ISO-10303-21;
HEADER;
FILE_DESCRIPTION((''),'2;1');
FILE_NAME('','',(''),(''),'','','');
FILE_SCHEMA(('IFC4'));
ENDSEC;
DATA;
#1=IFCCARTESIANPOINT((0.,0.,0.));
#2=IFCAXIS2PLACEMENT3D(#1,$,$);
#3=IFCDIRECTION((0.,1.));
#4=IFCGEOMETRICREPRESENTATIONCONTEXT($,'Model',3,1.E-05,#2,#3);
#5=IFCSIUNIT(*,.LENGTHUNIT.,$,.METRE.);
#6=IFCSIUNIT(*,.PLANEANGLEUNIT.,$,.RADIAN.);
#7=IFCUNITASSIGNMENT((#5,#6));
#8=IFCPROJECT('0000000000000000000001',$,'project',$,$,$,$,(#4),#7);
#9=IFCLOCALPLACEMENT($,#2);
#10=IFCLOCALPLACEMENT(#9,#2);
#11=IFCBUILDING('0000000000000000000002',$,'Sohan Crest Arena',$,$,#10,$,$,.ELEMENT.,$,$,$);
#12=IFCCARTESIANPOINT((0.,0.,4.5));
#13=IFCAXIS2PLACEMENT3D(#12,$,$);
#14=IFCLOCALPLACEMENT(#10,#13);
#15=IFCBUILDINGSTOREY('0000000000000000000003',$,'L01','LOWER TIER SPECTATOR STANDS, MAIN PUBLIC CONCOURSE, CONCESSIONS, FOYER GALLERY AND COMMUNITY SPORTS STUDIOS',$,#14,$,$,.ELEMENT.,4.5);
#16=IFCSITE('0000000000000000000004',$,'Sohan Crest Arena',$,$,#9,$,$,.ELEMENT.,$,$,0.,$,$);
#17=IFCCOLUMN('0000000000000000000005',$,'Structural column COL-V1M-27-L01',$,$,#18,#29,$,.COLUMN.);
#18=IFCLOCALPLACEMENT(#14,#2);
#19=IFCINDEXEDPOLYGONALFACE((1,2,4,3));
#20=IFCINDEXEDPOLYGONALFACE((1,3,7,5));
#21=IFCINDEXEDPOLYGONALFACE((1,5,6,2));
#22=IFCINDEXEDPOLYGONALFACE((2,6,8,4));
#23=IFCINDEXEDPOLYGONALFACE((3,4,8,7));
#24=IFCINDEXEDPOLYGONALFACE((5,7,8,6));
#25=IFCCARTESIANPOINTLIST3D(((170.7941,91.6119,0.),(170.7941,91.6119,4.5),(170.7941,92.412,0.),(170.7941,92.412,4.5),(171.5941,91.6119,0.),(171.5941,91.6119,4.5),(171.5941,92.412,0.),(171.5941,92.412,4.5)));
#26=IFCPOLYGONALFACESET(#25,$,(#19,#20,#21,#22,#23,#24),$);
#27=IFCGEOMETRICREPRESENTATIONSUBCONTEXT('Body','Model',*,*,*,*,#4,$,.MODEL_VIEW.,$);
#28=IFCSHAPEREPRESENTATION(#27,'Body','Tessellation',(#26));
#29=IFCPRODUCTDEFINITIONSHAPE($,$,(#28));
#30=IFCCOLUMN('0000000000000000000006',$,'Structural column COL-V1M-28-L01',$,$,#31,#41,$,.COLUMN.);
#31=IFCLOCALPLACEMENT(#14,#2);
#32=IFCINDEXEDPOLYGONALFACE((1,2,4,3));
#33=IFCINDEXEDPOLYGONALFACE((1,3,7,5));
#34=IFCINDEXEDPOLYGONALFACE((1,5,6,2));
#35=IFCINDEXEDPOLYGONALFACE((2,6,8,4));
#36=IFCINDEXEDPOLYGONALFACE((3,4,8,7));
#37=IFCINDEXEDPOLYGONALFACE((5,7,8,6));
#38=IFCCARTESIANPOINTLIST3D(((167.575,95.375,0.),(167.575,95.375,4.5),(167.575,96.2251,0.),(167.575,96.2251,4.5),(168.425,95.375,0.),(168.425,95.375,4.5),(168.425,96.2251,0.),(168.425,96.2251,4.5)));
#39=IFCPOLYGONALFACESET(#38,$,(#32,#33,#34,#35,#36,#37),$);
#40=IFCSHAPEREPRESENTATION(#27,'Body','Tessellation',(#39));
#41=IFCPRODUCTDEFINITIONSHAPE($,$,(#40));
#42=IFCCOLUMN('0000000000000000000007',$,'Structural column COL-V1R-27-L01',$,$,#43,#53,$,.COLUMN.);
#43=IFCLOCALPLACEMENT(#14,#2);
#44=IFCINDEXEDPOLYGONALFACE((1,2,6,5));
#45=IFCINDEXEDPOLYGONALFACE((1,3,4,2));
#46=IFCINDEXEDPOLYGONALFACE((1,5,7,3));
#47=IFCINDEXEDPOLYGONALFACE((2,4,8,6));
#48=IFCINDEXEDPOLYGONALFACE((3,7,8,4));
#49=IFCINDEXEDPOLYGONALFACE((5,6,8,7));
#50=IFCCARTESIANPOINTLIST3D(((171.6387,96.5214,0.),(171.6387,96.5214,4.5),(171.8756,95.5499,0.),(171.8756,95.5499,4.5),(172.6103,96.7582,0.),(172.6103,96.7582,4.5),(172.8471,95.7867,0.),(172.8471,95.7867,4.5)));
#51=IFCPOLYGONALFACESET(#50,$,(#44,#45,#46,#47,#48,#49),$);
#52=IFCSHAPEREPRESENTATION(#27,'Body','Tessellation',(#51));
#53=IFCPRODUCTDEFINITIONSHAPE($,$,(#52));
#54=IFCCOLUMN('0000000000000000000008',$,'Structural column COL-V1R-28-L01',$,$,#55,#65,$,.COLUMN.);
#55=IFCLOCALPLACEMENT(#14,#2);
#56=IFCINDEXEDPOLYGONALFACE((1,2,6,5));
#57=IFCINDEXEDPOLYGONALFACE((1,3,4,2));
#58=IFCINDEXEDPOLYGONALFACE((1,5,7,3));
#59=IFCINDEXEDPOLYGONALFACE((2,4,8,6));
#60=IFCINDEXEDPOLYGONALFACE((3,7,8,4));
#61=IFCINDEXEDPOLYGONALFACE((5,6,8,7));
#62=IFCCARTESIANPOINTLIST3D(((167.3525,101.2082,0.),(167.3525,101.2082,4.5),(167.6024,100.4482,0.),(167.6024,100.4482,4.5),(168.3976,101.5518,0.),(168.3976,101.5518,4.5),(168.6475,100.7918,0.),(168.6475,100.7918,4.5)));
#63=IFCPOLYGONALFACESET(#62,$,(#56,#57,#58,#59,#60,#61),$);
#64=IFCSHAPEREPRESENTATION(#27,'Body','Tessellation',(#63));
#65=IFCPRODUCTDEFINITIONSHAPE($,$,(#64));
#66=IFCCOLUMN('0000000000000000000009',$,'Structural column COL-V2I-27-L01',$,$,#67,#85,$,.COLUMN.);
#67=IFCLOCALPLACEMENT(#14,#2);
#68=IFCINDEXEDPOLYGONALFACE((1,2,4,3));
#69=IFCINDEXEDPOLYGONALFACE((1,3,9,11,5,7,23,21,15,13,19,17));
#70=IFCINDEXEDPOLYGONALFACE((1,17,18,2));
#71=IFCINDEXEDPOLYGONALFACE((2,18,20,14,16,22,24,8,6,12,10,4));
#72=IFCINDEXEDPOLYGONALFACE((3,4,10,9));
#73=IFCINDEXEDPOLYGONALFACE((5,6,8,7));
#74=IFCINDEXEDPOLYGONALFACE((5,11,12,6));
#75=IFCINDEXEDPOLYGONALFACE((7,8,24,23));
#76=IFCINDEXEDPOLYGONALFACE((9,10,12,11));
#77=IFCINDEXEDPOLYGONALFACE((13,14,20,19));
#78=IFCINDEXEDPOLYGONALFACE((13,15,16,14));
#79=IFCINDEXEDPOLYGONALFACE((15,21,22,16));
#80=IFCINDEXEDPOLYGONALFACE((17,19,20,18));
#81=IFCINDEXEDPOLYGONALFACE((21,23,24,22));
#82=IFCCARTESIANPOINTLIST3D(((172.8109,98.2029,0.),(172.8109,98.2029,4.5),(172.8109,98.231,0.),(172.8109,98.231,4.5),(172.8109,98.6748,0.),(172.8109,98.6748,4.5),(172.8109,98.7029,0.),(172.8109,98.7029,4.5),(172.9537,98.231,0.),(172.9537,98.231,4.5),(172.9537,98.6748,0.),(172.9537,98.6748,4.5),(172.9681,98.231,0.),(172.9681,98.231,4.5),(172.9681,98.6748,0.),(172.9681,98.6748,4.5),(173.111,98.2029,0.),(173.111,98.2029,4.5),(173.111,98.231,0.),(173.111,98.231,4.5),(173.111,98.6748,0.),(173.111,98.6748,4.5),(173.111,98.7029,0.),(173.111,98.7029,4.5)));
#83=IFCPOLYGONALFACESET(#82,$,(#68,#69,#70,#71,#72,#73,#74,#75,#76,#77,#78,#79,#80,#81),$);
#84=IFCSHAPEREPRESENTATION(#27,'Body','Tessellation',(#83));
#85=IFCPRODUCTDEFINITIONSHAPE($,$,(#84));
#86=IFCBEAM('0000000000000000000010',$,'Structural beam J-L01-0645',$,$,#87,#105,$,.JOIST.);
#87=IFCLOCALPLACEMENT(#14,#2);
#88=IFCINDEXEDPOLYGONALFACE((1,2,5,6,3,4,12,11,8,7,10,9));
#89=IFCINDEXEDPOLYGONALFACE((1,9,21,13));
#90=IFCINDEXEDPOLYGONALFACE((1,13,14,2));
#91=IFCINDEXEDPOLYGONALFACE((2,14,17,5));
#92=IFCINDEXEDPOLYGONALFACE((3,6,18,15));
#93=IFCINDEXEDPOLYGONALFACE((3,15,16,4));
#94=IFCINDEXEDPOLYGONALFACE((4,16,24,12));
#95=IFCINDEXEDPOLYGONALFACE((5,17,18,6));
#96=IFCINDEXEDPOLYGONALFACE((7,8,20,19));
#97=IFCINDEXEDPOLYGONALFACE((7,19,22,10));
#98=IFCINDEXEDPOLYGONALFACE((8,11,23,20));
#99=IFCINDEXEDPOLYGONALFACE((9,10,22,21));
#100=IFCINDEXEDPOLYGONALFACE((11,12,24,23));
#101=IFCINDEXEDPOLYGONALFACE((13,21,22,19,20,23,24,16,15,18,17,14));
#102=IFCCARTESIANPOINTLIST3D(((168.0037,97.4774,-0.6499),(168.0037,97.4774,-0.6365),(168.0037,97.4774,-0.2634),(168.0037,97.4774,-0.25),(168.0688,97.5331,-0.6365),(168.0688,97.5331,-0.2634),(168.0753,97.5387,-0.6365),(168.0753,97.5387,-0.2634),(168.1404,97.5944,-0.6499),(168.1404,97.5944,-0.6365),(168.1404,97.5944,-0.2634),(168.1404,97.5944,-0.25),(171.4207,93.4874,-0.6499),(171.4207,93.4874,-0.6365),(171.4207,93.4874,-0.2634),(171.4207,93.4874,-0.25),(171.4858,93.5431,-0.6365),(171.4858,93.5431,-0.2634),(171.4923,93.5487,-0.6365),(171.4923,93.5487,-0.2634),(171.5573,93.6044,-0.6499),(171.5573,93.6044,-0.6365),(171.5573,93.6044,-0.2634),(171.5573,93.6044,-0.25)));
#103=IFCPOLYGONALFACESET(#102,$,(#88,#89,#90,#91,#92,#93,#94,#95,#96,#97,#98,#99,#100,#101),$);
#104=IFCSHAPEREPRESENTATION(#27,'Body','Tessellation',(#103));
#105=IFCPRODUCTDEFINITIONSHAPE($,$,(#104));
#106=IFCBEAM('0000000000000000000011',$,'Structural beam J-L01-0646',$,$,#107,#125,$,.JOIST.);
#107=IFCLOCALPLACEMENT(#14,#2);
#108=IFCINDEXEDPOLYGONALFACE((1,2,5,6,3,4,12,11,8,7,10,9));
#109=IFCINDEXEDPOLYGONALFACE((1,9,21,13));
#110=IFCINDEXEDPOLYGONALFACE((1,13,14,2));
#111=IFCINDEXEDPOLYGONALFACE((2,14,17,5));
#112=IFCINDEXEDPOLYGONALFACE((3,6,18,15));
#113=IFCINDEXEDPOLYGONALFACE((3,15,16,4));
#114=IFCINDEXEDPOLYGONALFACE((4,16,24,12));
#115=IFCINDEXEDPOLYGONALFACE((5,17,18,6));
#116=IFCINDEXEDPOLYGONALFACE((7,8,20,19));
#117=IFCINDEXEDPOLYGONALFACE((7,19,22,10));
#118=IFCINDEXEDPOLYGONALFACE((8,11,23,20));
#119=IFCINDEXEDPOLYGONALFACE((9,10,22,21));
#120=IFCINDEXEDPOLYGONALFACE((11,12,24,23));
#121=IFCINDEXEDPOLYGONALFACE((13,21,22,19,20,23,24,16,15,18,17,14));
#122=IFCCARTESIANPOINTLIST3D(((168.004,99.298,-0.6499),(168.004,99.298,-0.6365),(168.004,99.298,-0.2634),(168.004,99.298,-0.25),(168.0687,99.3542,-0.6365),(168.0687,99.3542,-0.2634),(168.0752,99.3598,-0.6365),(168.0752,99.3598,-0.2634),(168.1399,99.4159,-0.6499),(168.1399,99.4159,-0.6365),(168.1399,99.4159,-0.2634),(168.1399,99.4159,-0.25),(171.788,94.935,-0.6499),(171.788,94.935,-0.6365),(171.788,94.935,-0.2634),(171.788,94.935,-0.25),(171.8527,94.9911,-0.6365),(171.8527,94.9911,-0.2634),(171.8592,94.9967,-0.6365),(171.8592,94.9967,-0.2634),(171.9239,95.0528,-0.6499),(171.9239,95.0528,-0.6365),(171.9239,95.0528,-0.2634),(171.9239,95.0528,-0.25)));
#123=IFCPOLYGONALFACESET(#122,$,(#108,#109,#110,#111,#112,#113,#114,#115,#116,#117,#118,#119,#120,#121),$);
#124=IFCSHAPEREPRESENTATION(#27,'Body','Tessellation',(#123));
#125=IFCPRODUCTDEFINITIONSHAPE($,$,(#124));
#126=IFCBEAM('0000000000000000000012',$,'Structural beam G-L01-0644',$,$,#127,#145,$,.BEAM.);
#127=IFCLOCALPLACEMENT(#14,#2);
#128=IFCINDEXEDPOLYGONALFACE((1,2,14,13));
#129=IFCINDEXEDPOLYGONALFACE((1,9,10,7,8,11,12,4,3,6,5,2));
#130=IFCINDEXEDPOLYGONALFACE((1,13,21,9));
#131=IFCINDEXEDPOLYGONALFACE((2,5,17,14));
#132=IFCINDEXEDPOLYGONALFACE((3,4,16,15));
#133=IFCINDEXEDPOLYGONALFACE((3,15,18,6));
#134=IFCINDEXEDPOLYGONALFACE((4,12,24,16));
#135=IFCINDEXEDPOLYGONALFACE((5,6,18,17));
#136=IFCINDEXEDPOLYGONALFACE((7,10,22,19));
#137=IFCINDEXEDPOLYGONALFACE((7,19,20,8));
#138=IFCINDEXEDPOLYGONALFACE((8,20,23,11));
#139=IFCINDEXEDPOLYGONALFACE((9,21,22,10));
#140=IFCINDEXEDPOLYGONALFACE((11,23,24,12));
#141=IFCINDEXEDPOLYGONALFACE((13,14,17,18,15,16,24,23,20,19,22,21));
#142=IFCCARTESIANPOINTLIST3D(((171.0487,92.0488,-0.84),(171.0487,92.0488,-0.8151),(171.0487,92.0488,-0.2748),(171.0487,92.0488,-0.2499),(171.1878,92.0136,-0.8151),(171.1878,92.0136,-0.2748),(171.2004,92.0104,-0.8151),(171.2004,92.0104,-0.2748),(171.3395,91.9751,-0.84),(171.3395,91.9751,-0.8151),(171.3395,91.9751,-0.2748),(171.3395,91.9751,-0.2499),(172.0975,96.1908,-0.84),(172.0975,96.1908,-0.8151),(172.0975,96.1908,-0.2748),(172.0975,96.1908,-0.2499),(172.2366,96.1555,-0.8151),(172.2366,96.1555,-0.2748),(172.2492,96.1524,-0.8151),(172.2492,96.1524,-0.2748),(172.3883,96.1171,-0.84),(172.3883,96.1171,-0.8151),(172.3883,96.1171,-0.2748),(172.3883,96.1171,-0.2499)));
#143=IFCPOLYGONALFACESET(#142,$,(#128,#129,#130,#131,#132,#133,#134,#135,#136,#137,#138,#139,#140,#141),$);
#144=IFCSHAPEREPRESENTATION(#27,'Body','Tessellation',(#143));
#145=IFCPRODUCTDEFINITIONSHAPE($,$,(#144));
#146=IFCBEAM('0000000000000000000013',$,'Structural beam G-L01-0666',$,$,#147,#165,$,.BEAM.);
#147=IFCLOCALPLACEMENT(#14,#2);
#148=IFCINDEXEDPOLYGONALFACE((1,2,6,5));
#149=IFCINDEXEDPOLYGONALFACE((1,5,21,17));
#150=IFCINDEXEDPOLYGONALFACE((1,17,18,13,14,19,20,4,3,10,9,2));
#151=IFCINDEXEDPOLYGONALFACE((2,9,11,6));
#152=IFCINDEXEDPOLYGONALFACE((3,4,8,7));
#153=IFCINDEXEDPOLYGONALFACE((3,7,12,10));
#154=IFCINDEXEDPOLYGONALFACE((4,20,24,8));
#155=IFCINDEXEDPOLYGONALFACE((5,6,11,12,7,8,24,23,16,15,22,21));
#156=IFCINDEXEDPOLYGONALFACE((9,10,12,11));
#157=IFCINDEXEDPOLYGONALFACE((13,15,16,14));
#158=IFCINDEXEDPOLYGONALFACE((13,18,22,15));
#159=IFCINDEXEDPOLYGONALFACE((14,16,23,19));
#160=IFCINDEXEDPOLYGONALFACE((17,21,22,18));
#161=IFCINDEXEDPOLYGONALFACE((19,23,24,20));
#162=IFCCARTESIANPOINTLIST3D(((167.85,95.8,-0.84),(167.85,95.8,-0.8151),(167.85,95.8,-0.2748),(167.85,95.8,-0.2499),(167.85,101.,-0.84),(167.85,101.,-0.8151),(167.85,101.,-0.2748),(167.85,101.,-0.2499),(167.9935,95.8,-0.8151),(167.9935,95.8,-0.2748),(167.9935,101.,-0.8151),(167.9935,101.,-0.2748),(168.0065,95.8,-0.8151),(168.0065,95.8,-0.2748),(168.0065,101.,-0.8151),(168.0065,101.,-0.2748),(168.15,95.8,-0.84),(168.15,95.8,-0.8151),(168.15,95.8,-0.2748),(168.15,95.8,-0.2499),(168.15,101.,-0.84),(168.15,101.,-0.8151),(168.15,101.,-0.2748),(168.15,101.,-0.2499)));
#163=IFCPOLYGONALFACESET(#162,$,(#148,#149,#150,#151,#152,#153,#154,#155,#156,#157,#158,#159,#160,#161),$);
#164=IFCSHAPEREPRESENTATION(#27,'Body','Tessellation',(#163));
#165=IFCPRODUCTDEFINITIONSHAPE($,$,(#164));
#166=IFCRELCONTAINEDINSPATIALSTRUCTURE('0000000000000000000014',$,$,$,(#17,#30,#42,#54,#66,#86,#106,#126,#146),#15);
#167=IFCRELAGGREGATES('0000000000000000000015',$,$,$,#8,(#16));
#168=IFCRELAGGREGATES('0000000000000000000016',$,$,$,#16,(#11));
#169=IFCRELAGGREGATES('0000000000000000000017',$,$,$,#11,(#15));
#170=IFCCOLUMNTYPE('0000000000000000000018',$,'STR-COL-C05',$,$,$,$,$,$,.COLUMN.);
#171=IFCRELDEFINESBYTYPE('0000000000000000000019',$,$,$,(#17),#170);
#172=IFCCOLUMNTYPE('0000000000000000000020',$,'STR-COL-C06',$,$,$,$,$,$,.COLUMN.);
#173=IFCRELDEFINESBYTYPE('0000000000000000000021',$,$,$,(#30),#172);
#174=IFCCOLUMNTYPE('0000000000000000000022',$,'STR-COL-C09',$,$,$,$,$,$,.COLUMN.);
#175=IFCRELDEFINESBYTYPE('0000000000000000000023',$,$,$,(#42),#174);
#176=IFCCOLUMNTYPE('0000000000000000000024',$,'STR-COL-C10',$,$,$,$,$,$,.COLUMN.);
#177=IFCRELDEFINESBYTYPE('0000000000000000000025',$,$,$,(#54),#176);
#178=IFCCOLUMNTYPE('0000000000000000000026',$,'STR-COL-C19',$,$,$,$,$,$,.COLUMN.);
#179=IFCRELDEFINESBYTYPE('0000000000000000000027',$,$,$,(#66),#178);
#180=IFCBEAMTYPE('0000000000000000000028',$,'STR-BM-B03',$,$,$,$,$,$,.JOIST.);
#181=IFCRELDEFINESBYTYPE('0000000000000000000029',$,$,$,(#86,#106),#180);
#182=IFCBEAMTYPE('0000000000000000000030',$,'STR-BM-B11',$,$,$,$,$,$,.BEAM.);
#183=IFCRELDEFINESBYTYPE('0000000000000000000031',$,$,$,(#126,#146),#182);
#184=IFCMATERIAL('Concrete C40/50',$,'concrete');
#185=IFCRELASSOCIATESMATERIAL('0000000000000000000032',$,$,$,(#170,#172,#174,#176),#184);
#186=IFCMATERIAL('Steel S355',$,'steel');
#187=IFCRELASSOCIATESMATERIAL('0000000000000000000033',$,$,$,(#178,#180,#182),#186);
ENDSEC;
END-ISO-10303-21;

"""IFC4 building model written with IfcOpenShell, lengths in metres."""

from ifc_helpers import new_model, si_unit, direction, frame, origin, origin_2d, place, context, subcontext, project, spatial, rectangle, i_section, extrude, material, material_profile, profile_set, type_object, element, save


model = new_model("IFC4")

# Units and contexts
model_context = context("Model", 3, precision=1e-05, world=origin(), true_north=direction((0.0, 1.0)))
body_context = subcontext(model_context, "Body", "Model", "MODEL_VIEW")
ifc_project = project(units=[si_unit("LENGTHUNIT", "METRE"), si_unit("PLANEANGLEUNIT", "RADIAN")], contexts=[model_context])

# Site, building, storey
site_placement = place(None, origin())
site = spatial("IfcSite", under=ifc_project, at=site_placement, Name="Sohan Crest Arena", CompositionType="ELEMENT", RefElevation=0.0)
building_placement = place(site_placement, origin())
building = spatial("IfcBuilding", under=site, at=building_placement, Name="Sohan Crest Arena", CompositionType="ELEMENT")
storey_placement = place(building_placement, frame((0.0, 0.0, 4.5)))
storey = spatial("IfcBuildingStorey", under=building, at=storey_placement, Name="L01", Description="LOWER TIER SPECTATOR STANDS, MAIN PUBLIC CONCOURSE, CONCESSIONS, FOYER GALLERY AND COMMUNITY SPORTS STUDIOS", CompositionType="ELEMENT", Elevation=4.5)

# Columns
ifc_material_1 = material(Name="Concrete C40/50", Category="concrete")
ifc_material_profile_1 = material_profile(ifc_material_1, rectangle(XDim=0.8, YDim=0.8, at=origin_2d()), Name="RC 800x800")
ifc_profile_set_1 = profile_set([ifc_material_profile_1], Name="Concrete C40/50")
column_type_1 = type_object("IfcColumnType", Name="STR-COL-C05", PredefinedType="COLUMN", material=ifc_profile_set_1)
column_1_placement = place(storey_placement, frame((171.1941, 92.012, 0.0), z_axis=(0.0, 0.0, 1.0), x_axis=(1.0, 0.0, 0.0)))
element("IfcColumn", 1, at=column_1_placement, inside=storey, type_object=column_type_1, Name="Structural column COL-V1M-27-L01", PredefinedType="COLUMN", context=body_context, shape_type="SweptSolid", body=[
    extrude(rectangle(XDim=0.8, YDim=0.8, at=origin_2d()), origin(), (0.0, 0.0, 1.0), 4.5),
])
ifc_material_profile_2 = material_profile(ifc_material_1, rectangle(XDim=0.8501, YDim=0.8501, at=origin_2d()), Name="RC 850x850")
ifc_profile_set_2 = profile_set([ifc_material_profile_2], Name="Concrete C40/50")
column_type_2 = type_object("IfcColumnType", Name="STR-COL-C06", PredefinedType="COLUMN", material=ifc_profile_set_2)
column_2_placement = place(storey_placement, frame((168.0, 95.8, 0.0), z_axis=(0.0, 0.0, 1.0), x_axis=(1.0, 0.0, 0.0)))
element("IfcColumn", 2, at=column_2_placement, inside=storey, type_object=column_type_2, Name="Structural column COL-V1M-28-L01", PredefinedType="COLUMN", context=body_context, shape_type="SweptSolid", body=[
    extrude(rectangle(XDim=0.8501, YDim=0.8501, at=origin_2d()), origin(), (0.0, 0.0, 1.0), 4.5),
])
ifc_material_profile_3 = material_profile(ifc_material_1, rectangle(XDim=1.0, YDim=1.0, at=origin_2d()), Name="RC 1000x1000")
ifc_profile_set_3 = profile_set([ifc_material_profile_3], Name="Concrete C40/50")
column_type_3 = type_object("IfcColumnType", Name="STR-COL-C09", PredefinedType="COLUMN", material=ifc_profile_set_3)
column_3_placement = place(storey_placement, frame((172.2429, 96.1541, 0.0), z_axis=(0.0, 0.0, 1.0), x_axis=(0.971549, 0.236838, 0.0)))
element("IfcColumn", 3, at=column_3_placement, inside=storey, type_object=column_type_3, Name="Structural column COL-V1R-27-L01", PredefinedType="COLUMN", context=body_context, shape_type="SweptSolid", body=[
    extrude(rectangle(XDim=1.0, YDim=1.0, at=origin_2d()), origin(), (0.0, 0.0, 1.0), 4.5),
])
ifc_material_profile_4 = material_profile(ifc_material_1, rectangle(XDim=1.1001, YDim=0.8, at=origin_2d()), Name="RC 1100x800")
ifc_profile_set_4 = profile_set([ifc_material_profile_4], Name="Concrete C40/50")
column_type_4 = type_object("IfcColumnType", Name="STR-COL-C10", PredefinedType="COLUMN", material=ifc_profile_set_4)
column_4_placement = place(storey_placement, frame((168.0, 101.0, 0.0), z_axis=(0.0, 0.0, 1.0), x_axis=(0.949972, 0.312335, 0.0)))
element("IfcColumn", 4, at=column_4_placement, inside=storey, type_object=column_type_4, Name="Structural column COL-V1R-28-L01", PredefinedType="COLUMN", context=body_context, shape_type="SweptSolid", body=[
    extrude(rectangle(XDim=1.1001, YDim=0.8, at=origin_2d()), origin(), (0.0, 0.0, 1.0), 4.5),
])
ifc_material_2 = material(Name="Steel S355", Category="steel")
ifc_material_profile_5 = material_profile(ifc_material_2, i_section(OverallWidth=0.3, OverallDepth=0.5, WebThickness=0.0144, FlangeThickness=0.0281, at=origin_2d()), Name="HEB 500")
ifc_profile_set_5 = profile_set([ifc_material_profile_5], Name="Steel S355")
column_type_5 = type_object("IfcColumnType", Name="STR-COL-C19", PredefinedType="COLUMN", material=ifc_profile_set_5)
column_5_placement = place(storey_placement, frame((172.9609, 98.4529, 0.0), z_axis=(0.0, 0.0, 1.0), x_axis=(1.0, 0.0, 0.0)))
element("IfcColumn", 5, at=column_5_placement, inside=storey, type_object=column_type_5, Name="Structural column COL-V2I-27-L01", PredefinedType="COLUMN", context=body_context, shape_type="SweptSolid", body=[
    extrude(i_section(OverallWidth=0.3, OverallDepth=0.5, WebThickness=0.0144, FlangeThickness=0.0281, at=origin_2d()), origin(), (0.0, 0.0, 1.0), 4.5),
])

# Beams
ifc_material_profile_6 = material_profile(ifc_material_2, i_section(OverallWidth=0.1799, OverallDepth=0.3999, WebThickness=0.0085, FlangeThickness=0.0134, at=origin_2d()), Name="IPE 400")
ifc_profile_set_6 = profile_set([ifc_material_profile_6], Name="Steel S355")
beam_type_1 = type_object("IfcBeamType", Name="STR-BM-B03", PredefinedType="JOIST", material=ifc_profile_set_6)
beam_1_placement = place(storey_placement, frame((171.489, 93.5459, -0.45), z_axis=(-0.650462, 0.759539, 0.0), x_axis=(-0.759539, -0.650462, 0.0)))
element("IfcBeam", 6, at=beam_1_placement, inside=storey, type_object=beam_type_1, Name="Structural beam J-L01-0645", PredefinedType="JOIST", context=body_context, shape_type="SweptSolid", body=[
    extrude(i_section(OverallWidth=0.1799, OverallDepth=0.3999, WebThickness=0.0085, FlangeThickness=0.0134, at=origin_2d()), origin(), (0.0, 0.0, 1.0), 5.2532),
])
beam_2_placement = place(storey_placement, frame((171.856, 94.9939, -0.45), z_axis=(-0.655191, 0.755463, 0.0), x_axis=(-0.755463, -0.655191, 0.0)))
element("IfcBeam", 7, at=beam_2_placement, inside=storey, type_object=beam_type_1, Name="Structural beam J-L01-0646", PredefinedType="JOIST", context=body_context, shape_type="SweptSolid", body=[
    extrude(i_section(OverallWidth=0.1799, OverallDepth=0.3999, WebThickness=0.0085, FlangeThickness=0.0134, at=origin_2d()), origin(), (0.0, 0.0, 1.0), 5.7754),
])
ifc_material_profile_7 = material_profile(ifc_material_2, i_section(OverallWidth=0.3, OverallDepth=0.5901, WebThickness=0.0129, FlangeThickness=0.0249, at=origin_2d()), Name="HEA 600")
ifc_profile_set_7 = profile_set([ifc_material_profile_7], Name="Steel S355")
beam_type_2 = type_object("IfcBeamType", Name="STR-BM-B11", PredefinedType="BEAM", material=ifc_profile_set_7)
beam_3_placement = place(storey_placement, frame((171.1941, 92.012, -0.5449), z_axis=(0.245465, 0.969405, 0.0), x_axis=(-0.969405, 0.245465, 0.0)))
element("IfcBeam", 8, at=beam_3_placement, inside=storey, type_object=beam_type_2, Name="Structural beam G-L01-0644", PredefinedType="BEAM", context=body_context, shape_type="SweptSolid", body=[
    extrude(i_section(OverallWidth=0.3, OverallDepth=0.5901, WebThickness=0.0129, FlangeThickness=0.0249, at=origin_2d()), origin(), (0.0, 0.0, 1.0), 4.2727),
])
beam_4_placement = place(storey_placement, frame((168.0, 95.8, -0.5449), z_axis=(0.0, 1.0, 0.0), x_axis=(-1.0, 0.0, 0.0)))
element("IfcBeam", 9, at=beam_4_placement, inside=storey, type_object=beam_type_2, Name="Structural beam G-L01-0666", PredefinedType="BEAM", context=body_context, shape_type="SweptSolid", body=[
    extrude(i_section(OverallWidth=0.3, OverallDepth=0.5901, WebThickness=0.0129, FlangeThickness=0.0249, at=origin_2d()), origin(), (0.0, 0.0, 1.0), 5.2),
])

save(model, "model.ifc")
